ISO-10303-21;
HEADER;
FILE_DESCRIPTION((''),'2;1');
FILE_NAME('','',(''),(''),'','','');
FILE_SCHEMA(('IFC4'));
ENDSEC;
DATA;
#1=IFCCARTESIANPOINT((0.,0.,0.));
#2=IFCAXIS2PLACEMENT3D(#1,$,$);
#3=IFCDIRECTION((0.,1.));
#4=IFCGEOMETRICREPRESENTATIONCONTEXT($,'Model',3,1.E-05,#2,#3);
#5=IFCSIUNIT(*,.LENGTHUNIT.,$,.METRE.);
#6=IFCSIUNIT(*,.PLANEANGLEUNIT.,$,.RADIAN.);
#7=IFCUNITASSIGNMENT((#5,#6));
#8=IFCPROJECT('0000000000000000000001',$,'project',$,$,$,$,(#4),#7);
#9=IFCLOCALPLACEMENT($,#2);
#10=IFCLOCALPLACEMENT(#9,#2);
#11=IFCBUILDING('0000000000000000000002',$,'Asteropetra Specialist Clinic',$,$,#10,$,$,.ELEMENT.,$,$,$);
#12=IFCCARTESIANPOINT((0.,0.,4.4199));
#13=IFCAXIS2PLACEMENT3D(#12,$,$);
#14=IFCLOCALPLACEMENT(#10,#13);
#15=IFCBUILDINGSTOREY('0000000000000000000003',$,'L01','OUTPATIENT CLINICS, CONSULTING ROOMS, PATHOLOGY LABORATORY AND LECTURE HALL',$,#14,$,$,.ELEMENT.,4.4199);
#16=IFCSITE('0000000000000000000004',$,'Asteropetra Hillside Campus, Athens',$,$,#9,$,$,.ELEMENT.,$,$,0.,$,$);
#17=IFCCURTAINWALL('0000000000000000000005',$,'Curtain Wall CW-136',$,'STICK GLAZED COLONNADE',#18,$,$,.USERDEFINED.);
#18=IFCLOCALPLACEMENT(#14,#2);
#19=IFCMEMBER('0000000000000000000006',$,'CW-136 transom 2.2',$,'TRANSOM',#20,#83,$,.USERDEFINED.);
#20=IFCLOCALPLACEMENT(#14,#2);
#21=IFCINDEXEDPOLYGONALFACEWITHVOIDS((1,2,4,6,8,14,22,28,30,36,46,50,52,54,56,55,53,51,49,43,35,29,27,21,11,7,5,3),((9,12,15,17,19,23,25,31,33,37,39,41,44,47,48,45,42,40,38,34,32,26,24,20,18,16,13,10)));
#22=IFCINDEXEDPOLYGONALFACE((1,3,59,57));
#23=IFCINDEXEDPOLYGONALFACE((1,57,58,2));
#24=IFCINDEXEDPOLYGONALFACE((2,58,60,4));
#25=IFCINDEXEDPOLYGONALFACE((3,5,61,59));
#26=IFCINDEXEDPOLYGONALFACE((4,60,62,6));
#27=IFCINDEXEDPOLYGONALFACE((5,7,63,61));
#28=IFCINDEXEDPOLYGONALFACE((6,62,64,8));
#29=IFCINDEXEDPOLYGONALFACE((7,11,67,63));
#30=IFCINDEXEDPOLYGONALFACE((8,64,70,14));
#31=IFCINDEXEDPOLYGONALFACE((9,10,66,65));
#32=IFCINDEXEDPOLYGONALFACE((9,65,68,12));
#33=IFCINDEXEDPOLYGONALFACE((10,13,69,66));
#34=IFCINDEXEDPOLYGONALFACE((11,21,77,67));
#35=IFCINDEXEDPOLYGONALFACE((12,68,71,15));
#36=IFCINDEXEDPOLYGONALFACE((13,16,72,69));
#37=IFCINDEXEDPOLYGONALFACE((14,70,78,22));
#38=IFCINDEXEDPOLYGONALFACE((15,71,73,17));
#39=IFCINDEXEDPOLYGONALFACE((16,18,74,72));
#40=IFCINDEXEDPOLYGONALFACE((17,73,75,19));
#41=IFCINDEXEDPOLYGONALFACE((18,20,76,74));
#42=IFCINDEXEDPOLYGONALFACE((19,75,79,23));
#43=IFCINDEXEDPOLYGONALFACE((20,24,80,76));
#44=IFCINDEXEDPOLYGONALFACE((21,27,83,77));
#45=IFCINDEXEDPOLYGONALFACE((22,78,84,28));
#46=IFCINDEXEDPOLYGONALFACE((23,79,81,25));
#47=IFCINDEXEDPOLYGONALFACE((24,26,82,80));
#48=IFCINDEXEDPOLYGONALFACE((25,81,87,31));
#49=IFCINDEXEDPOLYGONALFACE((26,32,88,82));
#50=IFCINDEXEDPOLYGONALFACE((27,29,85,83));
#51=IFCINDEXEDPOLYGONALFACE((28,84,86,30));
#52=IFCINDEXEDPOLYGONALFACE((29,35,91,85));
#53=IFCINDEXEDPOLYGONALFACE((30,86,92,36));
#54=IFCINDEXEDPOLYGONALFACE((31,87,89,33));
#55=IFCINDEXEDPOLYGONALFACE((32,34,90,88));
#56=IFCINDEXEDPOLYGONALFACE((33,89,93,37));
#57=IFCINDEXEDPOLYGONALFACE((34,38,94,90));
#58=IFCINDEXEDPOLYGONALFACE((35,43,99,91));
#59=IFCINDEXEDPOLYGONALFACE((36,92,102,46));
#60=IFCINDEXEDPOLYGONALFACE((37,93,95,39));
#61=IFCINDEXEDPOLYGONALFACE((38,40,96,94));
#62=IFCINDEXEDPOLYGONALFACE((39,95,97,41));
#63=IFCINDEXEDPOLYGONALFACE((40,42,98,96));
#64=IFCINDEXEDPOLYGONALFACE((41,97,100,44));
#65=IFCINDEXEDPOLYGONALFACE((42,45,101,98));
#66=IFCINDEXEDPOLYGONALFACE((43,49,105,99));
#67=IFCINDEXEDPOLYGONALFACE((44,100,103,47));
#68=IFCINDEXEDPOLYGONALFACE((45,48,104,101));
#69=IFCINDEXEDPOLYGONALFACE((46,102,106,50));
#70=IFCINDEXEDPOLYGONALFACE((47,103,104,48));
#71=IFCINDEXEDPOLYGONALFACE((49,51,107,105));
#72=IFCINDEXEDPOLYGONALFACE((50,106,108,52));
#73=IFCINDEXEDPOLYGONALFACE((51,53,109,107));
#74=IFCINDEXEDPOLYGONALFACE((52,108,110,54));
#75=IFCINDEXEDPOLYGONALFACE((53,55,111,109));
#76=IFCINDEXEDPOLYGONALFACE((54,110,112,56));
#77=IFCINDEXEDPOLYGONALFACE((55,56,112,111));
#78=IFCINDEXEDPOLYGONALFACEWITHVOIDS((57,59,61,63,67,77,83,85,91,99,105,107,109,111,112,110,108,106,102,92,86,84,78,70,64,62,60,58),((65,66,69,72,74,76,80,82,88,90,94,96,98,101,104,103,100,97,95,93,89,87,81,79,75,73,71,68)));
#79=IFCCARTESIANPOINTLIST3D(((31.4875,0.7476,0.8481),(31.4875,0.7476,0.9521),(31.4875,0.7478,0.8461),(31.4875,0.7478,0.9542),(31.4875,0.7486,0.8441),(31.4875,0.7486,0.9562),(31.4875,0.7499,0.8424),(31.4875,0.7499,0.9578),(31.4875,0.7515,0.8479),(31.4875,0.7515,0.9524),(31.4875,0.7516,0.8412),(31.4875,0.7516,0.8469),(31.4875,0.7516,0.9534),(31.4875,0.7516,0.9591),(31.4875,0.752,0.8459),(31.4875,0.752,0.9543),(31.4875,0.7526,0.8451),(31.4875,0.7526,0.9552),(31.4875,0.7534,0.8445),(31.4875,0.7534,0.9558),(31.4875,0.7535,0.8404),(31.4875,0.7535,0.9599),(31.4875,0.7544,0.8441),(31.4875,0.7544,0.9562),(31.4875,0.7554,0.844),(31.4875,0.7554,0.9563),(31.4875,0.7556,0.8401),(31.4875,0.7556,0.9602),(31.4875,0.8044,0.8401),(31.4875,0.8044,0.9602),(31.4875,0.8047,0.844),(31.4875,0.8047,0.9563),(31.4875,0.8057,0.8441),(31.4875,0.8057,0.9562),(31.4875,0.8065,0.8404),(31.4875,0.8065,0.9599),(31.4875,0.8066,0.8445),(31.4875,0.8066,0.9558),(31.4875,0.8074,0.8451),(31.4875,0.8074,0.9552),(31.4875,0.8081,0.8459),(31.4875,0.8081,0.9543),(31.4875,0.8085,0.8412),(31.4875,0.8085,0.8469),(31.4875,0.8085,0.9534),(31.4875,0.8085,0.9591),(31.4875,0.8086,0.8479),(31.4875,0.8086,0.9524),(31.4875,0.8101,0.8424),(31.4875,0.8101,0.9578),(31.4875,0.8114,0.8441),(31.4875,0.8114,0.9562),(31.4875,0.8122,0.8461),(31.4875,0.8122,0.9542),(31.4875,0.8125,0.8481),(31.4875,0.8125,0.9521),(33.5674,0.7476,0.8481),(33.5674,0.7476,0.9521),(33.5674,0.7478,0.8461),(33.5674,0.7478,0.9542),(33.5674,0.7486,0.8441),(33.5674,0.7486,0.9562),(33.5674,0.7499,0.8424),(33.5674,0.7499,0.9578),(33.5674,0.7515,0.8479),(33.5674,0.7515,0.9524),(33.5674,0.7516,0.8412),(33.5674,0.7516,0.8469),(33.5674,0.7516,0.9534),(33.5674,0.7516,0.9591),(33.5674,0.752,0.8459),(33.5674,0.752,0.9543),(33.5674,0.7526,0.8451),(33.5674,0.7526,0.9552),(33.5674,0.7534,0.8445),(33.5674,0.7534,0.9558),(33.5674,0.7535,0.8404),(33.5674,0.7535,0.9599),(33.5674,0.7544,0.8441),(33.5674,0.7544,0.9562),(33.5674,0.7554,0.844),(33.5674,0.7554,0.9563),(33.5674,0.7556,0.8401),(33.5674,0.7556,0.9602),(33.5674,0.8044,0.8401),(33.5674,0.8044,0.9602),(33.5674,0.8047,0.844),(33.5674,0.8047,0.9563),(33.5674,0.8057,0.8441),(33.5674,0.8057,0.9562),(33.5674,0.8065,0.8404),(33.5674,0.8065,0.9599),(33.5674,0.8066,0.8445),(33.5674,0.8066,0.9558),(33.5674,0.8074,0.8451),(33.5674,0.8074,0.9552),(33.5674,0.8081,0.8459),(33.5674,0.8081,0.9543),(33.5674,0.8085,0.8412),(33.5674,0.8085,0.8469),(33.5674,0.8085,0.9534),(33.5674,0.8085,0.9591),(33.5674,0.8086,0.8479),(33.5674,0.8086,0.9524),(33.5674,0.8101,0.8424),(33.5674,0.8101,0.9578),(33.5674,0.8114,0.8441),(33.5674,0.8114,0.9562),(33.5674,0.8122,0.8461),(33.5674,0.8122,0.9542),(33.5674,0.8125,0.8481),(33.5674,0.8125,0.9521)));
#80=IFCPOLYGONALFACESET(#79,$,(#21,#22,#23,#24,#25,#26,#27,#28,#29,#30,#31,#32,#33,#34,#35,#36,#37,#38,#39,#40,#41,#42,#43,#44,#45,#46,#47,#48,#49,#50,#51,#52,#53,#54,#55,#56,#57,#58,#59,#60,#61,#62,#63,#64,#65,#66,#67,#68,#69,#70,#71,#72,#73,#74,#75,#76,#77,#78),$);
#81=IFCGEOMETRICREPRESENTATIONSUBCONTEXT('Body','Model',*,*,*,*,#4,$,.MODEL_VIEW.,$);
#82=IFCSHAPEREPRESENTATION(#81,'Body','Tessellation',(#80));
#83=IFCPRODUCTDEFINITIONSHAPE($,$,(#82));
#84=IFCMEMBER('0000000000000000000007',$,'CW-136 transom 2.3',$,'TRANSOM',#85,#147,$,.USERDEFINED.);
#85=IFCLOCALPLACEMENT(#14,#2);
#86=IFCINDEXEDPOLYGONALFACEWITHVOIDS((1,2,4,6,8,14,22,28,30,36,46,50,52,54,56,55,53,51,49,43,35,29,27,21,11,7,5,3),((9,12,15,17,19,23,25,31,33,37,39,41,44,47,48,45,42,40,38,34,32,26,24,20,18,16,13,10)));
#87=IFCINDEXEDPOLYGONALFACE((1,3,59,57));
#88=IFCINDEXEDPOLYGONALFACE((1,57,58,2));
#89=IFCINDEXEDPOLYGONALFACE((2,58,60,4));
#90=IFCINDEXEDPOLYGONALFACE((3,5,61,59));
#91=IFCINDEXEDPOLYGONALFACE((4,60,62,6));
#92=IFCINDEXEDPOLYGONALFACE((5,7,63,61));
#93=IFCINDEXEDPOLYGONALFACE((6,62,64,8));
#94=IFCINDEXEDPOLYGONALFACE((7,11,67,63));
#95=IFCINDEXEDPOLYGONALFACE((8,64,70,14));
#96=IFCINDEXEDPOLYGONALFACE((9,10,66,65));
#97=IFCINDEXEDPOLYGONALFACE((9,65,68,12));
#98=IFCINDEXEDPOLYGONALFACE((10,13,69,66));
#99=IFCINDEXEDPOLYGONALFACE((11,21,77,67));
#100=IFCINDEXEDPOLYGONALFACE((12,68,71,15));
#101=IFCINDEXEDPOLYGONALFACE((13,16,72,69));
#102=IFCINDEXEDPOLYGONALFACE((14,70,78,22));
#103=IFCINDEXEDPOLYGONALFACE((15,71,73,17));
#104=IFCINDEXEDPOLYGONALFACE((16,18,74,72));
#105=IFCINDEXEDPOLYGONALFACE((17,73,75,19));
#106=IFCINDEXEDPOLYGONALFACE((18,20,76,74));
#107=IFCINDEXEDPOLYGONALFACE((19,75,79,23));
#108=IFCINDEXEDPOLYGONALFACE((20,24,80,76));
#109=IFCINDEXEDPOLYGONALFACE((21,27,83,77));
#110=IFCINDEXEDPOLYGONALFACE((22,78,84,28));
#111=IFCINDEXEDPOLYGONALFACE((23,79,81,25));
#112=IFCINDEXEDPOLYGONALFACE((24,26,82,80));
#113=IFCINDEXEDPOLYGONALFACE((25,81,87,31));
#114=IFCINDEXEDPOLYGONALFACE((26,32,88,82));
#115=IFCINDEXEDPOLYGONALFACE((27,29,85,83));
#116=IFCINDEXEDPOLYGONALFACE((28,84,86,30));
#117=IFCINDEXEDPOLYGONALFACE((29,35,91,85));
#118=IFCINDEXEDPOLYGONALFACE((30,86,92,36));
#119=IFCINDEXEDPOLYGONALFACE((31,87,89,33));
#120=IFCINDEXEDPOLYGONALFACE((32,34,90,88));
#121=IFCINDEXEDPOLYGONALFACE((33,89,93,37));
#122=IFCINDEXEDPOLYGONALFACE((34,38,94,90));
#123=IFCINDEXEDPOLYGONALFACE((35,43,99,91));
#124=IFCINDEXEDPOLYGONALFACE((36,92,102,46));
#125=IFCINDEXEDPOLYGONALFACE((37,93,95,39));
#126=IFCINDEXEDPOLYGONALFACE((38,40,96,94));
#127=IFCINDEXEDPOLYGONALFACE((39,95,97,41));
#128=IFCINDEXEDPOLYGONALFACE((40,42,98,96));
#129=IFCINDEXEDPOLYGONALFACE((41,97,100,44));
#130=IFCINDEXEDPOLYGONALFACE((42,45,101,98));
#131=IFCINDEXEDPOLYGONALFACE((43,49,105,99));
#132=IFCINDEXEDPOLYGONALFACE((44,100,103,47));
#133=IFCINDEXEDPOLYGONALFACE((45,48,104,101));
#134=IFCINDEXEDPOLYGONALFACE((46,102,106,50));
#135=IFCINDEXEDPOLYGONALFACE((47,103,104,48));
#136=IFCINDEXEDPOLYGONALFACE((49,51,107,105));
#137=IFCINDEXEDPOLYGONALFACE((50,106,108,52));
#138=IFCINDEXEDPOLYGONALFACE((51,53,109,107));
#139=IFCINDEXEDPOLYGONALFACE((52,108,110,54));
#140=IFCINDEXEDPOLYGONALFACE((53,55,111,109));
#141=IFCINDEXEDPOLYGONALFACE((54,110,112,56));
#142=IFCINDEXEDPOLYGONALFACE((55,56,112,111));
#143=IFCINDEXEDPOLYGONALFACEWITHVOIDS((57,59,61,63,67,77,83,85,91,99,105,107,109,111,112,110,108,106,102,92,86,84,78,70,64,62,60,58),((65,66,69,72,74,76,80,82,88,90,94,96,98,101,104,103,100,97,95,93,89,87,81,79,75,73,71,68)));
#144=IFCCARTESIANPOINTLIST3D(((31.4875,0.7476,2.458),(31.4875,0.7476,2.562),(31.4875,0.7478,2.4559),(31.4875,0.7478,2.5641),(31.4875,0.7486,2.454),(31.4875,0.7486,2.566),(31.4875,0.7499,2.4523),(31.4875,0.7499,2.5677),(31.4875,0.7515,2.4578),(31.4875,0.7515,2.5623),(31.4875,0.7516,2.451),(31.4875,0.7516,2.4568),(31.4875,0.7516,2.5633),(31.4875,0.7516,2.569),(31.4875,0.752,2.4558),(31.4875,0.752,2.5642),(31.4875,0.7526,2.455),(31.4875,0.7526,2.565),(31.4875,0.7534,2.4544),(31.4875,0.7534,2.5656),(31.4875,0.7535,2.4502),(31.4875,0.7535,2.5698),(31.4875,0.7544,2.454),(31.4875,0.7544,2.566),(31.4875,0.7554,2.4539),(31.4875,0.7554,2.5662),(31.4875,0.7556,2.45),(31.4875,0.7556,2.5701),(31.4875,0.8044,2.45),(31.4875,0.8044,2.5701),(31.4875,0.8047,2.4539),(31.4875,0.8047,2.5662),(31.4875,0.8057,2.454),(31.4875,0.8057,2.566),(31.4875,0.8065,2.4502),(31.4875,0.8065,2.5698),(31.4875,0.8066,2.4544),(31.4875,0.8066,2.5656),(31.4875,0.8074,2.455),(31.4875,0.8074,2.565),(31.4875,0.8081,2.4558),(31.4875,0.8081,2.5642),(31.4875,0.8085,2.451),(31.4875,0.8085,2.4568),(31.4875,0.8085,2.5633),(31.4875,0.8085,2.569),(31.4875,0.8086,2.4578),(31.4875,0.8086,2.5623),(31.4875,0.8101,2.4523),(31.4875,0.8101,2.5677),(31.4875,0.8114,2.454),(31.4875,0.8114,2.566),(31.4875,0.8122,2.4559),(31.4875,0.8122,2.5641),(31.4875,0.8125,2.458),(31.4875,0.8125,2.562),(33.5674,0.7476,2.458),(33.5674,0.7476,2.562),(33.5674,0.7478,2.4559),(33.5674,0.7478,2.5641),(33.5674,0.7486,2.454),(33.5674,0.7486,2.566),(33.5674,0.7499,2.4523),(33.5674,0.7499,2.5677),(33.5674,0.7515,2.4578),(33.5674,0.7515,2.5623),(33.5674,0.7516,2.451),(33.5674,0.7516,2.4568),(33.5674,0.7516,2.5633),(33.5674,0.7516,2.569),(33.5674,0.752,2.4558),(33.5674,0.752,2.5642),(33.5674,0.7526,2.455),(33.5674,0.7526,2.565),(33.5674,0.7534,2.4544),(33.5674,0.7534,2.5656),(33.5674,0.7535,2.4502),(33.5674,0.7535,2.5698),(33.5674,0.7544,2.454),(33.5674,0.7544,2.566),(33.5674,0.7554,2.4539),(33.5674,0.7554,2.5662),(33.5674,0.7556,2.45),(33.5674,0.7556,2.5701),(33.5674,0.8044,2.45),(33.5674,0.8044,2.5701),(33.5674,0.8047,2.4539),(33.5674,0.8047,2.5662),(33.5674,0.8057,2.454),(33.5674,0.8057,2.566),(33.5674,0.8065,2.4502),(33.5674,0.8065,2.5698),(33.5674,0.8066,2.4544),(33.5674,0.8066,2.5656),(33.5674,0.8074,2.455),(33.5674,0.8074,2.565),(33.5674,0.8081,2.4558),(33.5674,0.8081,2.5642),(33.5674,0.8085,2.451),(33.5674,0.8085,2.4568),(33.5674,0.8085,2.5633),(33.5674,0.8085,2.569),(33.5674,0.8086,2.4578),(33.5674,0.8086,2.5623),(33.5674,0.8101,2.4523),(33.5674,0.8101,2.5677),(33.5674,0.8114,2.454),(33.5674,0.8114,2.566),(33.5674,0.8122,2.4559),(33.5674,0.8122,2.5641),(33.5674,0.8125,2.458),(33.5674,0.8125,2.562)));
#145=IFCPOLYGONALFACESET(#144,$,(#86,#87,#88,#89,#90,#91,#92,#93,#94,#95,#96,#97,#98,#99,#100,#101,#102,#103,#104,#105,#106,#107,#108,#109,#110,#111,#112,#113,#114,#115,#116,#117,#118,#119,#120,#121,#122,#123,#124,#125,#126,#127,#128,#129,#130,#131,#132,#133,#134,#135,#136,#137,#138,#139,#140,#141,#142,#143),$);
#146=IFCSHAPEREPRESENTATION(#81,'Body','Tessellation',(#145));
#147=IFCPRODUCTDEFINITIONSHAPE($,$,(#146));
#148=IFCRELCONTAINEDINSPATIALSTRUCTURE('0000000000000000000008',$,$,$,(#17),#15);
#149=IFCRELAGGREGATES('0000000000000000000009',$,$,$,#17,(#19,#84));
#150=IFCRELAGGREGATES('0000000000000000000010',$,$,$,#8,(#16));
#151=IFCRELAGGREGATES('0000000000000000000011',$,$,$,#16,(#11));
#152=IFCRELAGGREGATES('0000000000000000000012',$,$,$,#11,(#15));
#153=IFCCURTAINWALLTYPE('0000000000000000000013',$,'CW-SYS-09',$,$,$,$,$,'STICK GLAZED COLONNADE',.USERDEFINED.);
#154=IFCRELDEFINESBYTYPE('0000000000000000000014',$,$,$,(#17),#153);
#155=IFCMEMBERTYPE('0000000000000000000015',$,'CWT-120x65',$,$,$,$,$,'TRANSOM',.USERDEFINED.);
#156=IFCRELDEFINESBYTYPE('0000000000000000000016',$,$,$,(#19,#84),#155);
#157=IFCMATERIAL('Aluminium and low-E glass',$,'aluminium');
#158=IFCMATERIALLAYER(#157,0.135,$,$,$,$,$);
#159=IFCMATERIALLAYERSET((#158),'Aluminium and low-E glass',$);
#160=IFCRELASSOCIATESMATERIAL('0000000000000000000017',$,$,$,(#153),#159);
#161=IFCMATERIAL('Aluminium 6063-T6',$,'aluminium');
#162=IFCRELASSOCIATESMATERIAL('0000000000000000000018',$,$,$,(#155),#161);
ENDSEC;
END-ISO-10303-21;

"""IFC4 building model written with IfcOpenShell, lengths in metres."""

from ifc_helpers import new_model, si_unit, direction, frame, origin, origin_2d, place, context, subcontext, project, spatial, hollow_rectangle, extrude, material, layer, layer_set, material_profile, profile_set, type_object, element, aggregate, save


model = new_model("IFC4")

# Units and contexts
model_context = context("Model", 3, precision=1e-05, world=origin(), true_north=direction((0.0, 1.0)))
body_context = subcontext(model_context, "Body", "Model", "MODEL_VIEW")
ifc_project = project(units=[si_unit("LENGTHUNIT", "METRE"), si_unit("PLANEANGLEUNIT", "RADIAN")], contexts=[model_context])

# Site, building, storey
site_placement = place(None, origin())
site = spatial("IfcSite", under=ifc_project, at=site_placement, Name="Asteropetra Hillside Campus, Athens", CompositionType="ELEMENT", RefElevation=0.0)
building_placement = place(site_placement, origin())
building = spatial("IfcBuilding", under=site, at=building_placement, Name="Asteropetra Specialist Clinic", CompositionType="ELEMENT")
storey_placement = place(building_placement, frame((0.0, 0.0, 4.4199)))
storey = spatial("IfcBuildingStorey", under=building, at=storey_placement, Name="L01", Description="OUTPATIENT CLINICS, CONSULTING ROOMS, PATHOLOGY LABORATORY AND LECTURE HALL", CompositionType="ELEMENT", Elevation=4.4199)

# Curtain wall, members
ifc_material_1 = material(Name="Aluminium and low-E glass", Category="aluminium")
ifc_layer_1 = layer(ifc_material_1, 0.135)
ifc_layer_set_1 = layer_set([ifc_layer_1], Name="Aluminium and low-E glass")
curtain_wall_type = type_object("IfcCurtainWallType", Name="CW-SYS-09", ElementType="STICK GLAZED COLONNADE", PredefinedType="USERDEFINED", material=ifc_layer_set_1)
curtain_wall_placement = place(storey_placement, origin())
curtain_wall = element("IfcCurtainWall", 1, at=curtain_wall_placement, inside=storey, type_object=curtain_wall_type, Name="Curtain Wall CW-136", ObjectType="STICK GLAZED COLONNADE", PredefinedType="USERDEFINED")
ifc_material_2 = material(Name="Aluminium 6063-T6", Category="aluminium")
ifc_material_profile_1 = material_profile(ifc_material_2, hollow_rectangle(XDim=0.0649, YDim=0.1201, WallThickness=0.0039, InnerFilletRadius=0.0039, OuterFilletRadius=0.0081, at=origin_2d()), Name="TRN 120x65x4.0")
ifc_profile_set_1 = profile_set([ifc_material_profile_1], Name="Aluminium 6063-T6")
member_type_1 = type_object("IfcMemberType", Name="CWT-120x65", ElementType="TRANSOM", PredefinedType="USERDEFINED", material=ifc_profile_set_1)
member_1_placement = place(storey_placement, frame((31.4875, 0.78, 0.9001), z_axis=(1.0, 0.0, 0.0), x_axis=(0.0, 1.0, 0.0)))
member_1 = element("IfcMember", 2, at=member_1_placement, type_object=member_type_1, Name="CW-136 transom 2.2", ObjectType="TRANSOM", PredefinedType="USERDEFINED", context=body_context, shape_type="SweptSolid", body=[
    extrude(hollow_rectangle(XDim=0.0649, YDim=0.1201, WallThickness=0.0039, InnerFilletRadius=0.0039, OuterFilletRadius=0.0081, at=origin_2d()), origin(), (0.0, 0.0, 1.0), 2.0798),
])
member_2_placement = place(storey_placement, frame((31.4875, 0.78, 2.51), z_axis=(1.0, 0.0, 0.0), x_axis=(0.0, 1.0, 0.0)))
member_2 = element("IfcMember", 3, at=member_2_placement, type_object=member_type_1, Name="CW-136 transom 2.3", ObjectType="TRANSOM", PredefinedType="USERDEFINED", context=body_context, shape_type="SweptSolid", body=[
    extrude(hollow_rectangle(XDim=0.0649, YDim=0.1201, WallThickness=0.0039, InnerFilletRadius=0.0039, OuterFilletRadius=0.0081, at=origin_2d()), origin(), (0.0, 0.0, 1.0), 2.0798),
])

aggregate(curtain_wall, [member_1, member_2])

save(model, "model.ifc")
